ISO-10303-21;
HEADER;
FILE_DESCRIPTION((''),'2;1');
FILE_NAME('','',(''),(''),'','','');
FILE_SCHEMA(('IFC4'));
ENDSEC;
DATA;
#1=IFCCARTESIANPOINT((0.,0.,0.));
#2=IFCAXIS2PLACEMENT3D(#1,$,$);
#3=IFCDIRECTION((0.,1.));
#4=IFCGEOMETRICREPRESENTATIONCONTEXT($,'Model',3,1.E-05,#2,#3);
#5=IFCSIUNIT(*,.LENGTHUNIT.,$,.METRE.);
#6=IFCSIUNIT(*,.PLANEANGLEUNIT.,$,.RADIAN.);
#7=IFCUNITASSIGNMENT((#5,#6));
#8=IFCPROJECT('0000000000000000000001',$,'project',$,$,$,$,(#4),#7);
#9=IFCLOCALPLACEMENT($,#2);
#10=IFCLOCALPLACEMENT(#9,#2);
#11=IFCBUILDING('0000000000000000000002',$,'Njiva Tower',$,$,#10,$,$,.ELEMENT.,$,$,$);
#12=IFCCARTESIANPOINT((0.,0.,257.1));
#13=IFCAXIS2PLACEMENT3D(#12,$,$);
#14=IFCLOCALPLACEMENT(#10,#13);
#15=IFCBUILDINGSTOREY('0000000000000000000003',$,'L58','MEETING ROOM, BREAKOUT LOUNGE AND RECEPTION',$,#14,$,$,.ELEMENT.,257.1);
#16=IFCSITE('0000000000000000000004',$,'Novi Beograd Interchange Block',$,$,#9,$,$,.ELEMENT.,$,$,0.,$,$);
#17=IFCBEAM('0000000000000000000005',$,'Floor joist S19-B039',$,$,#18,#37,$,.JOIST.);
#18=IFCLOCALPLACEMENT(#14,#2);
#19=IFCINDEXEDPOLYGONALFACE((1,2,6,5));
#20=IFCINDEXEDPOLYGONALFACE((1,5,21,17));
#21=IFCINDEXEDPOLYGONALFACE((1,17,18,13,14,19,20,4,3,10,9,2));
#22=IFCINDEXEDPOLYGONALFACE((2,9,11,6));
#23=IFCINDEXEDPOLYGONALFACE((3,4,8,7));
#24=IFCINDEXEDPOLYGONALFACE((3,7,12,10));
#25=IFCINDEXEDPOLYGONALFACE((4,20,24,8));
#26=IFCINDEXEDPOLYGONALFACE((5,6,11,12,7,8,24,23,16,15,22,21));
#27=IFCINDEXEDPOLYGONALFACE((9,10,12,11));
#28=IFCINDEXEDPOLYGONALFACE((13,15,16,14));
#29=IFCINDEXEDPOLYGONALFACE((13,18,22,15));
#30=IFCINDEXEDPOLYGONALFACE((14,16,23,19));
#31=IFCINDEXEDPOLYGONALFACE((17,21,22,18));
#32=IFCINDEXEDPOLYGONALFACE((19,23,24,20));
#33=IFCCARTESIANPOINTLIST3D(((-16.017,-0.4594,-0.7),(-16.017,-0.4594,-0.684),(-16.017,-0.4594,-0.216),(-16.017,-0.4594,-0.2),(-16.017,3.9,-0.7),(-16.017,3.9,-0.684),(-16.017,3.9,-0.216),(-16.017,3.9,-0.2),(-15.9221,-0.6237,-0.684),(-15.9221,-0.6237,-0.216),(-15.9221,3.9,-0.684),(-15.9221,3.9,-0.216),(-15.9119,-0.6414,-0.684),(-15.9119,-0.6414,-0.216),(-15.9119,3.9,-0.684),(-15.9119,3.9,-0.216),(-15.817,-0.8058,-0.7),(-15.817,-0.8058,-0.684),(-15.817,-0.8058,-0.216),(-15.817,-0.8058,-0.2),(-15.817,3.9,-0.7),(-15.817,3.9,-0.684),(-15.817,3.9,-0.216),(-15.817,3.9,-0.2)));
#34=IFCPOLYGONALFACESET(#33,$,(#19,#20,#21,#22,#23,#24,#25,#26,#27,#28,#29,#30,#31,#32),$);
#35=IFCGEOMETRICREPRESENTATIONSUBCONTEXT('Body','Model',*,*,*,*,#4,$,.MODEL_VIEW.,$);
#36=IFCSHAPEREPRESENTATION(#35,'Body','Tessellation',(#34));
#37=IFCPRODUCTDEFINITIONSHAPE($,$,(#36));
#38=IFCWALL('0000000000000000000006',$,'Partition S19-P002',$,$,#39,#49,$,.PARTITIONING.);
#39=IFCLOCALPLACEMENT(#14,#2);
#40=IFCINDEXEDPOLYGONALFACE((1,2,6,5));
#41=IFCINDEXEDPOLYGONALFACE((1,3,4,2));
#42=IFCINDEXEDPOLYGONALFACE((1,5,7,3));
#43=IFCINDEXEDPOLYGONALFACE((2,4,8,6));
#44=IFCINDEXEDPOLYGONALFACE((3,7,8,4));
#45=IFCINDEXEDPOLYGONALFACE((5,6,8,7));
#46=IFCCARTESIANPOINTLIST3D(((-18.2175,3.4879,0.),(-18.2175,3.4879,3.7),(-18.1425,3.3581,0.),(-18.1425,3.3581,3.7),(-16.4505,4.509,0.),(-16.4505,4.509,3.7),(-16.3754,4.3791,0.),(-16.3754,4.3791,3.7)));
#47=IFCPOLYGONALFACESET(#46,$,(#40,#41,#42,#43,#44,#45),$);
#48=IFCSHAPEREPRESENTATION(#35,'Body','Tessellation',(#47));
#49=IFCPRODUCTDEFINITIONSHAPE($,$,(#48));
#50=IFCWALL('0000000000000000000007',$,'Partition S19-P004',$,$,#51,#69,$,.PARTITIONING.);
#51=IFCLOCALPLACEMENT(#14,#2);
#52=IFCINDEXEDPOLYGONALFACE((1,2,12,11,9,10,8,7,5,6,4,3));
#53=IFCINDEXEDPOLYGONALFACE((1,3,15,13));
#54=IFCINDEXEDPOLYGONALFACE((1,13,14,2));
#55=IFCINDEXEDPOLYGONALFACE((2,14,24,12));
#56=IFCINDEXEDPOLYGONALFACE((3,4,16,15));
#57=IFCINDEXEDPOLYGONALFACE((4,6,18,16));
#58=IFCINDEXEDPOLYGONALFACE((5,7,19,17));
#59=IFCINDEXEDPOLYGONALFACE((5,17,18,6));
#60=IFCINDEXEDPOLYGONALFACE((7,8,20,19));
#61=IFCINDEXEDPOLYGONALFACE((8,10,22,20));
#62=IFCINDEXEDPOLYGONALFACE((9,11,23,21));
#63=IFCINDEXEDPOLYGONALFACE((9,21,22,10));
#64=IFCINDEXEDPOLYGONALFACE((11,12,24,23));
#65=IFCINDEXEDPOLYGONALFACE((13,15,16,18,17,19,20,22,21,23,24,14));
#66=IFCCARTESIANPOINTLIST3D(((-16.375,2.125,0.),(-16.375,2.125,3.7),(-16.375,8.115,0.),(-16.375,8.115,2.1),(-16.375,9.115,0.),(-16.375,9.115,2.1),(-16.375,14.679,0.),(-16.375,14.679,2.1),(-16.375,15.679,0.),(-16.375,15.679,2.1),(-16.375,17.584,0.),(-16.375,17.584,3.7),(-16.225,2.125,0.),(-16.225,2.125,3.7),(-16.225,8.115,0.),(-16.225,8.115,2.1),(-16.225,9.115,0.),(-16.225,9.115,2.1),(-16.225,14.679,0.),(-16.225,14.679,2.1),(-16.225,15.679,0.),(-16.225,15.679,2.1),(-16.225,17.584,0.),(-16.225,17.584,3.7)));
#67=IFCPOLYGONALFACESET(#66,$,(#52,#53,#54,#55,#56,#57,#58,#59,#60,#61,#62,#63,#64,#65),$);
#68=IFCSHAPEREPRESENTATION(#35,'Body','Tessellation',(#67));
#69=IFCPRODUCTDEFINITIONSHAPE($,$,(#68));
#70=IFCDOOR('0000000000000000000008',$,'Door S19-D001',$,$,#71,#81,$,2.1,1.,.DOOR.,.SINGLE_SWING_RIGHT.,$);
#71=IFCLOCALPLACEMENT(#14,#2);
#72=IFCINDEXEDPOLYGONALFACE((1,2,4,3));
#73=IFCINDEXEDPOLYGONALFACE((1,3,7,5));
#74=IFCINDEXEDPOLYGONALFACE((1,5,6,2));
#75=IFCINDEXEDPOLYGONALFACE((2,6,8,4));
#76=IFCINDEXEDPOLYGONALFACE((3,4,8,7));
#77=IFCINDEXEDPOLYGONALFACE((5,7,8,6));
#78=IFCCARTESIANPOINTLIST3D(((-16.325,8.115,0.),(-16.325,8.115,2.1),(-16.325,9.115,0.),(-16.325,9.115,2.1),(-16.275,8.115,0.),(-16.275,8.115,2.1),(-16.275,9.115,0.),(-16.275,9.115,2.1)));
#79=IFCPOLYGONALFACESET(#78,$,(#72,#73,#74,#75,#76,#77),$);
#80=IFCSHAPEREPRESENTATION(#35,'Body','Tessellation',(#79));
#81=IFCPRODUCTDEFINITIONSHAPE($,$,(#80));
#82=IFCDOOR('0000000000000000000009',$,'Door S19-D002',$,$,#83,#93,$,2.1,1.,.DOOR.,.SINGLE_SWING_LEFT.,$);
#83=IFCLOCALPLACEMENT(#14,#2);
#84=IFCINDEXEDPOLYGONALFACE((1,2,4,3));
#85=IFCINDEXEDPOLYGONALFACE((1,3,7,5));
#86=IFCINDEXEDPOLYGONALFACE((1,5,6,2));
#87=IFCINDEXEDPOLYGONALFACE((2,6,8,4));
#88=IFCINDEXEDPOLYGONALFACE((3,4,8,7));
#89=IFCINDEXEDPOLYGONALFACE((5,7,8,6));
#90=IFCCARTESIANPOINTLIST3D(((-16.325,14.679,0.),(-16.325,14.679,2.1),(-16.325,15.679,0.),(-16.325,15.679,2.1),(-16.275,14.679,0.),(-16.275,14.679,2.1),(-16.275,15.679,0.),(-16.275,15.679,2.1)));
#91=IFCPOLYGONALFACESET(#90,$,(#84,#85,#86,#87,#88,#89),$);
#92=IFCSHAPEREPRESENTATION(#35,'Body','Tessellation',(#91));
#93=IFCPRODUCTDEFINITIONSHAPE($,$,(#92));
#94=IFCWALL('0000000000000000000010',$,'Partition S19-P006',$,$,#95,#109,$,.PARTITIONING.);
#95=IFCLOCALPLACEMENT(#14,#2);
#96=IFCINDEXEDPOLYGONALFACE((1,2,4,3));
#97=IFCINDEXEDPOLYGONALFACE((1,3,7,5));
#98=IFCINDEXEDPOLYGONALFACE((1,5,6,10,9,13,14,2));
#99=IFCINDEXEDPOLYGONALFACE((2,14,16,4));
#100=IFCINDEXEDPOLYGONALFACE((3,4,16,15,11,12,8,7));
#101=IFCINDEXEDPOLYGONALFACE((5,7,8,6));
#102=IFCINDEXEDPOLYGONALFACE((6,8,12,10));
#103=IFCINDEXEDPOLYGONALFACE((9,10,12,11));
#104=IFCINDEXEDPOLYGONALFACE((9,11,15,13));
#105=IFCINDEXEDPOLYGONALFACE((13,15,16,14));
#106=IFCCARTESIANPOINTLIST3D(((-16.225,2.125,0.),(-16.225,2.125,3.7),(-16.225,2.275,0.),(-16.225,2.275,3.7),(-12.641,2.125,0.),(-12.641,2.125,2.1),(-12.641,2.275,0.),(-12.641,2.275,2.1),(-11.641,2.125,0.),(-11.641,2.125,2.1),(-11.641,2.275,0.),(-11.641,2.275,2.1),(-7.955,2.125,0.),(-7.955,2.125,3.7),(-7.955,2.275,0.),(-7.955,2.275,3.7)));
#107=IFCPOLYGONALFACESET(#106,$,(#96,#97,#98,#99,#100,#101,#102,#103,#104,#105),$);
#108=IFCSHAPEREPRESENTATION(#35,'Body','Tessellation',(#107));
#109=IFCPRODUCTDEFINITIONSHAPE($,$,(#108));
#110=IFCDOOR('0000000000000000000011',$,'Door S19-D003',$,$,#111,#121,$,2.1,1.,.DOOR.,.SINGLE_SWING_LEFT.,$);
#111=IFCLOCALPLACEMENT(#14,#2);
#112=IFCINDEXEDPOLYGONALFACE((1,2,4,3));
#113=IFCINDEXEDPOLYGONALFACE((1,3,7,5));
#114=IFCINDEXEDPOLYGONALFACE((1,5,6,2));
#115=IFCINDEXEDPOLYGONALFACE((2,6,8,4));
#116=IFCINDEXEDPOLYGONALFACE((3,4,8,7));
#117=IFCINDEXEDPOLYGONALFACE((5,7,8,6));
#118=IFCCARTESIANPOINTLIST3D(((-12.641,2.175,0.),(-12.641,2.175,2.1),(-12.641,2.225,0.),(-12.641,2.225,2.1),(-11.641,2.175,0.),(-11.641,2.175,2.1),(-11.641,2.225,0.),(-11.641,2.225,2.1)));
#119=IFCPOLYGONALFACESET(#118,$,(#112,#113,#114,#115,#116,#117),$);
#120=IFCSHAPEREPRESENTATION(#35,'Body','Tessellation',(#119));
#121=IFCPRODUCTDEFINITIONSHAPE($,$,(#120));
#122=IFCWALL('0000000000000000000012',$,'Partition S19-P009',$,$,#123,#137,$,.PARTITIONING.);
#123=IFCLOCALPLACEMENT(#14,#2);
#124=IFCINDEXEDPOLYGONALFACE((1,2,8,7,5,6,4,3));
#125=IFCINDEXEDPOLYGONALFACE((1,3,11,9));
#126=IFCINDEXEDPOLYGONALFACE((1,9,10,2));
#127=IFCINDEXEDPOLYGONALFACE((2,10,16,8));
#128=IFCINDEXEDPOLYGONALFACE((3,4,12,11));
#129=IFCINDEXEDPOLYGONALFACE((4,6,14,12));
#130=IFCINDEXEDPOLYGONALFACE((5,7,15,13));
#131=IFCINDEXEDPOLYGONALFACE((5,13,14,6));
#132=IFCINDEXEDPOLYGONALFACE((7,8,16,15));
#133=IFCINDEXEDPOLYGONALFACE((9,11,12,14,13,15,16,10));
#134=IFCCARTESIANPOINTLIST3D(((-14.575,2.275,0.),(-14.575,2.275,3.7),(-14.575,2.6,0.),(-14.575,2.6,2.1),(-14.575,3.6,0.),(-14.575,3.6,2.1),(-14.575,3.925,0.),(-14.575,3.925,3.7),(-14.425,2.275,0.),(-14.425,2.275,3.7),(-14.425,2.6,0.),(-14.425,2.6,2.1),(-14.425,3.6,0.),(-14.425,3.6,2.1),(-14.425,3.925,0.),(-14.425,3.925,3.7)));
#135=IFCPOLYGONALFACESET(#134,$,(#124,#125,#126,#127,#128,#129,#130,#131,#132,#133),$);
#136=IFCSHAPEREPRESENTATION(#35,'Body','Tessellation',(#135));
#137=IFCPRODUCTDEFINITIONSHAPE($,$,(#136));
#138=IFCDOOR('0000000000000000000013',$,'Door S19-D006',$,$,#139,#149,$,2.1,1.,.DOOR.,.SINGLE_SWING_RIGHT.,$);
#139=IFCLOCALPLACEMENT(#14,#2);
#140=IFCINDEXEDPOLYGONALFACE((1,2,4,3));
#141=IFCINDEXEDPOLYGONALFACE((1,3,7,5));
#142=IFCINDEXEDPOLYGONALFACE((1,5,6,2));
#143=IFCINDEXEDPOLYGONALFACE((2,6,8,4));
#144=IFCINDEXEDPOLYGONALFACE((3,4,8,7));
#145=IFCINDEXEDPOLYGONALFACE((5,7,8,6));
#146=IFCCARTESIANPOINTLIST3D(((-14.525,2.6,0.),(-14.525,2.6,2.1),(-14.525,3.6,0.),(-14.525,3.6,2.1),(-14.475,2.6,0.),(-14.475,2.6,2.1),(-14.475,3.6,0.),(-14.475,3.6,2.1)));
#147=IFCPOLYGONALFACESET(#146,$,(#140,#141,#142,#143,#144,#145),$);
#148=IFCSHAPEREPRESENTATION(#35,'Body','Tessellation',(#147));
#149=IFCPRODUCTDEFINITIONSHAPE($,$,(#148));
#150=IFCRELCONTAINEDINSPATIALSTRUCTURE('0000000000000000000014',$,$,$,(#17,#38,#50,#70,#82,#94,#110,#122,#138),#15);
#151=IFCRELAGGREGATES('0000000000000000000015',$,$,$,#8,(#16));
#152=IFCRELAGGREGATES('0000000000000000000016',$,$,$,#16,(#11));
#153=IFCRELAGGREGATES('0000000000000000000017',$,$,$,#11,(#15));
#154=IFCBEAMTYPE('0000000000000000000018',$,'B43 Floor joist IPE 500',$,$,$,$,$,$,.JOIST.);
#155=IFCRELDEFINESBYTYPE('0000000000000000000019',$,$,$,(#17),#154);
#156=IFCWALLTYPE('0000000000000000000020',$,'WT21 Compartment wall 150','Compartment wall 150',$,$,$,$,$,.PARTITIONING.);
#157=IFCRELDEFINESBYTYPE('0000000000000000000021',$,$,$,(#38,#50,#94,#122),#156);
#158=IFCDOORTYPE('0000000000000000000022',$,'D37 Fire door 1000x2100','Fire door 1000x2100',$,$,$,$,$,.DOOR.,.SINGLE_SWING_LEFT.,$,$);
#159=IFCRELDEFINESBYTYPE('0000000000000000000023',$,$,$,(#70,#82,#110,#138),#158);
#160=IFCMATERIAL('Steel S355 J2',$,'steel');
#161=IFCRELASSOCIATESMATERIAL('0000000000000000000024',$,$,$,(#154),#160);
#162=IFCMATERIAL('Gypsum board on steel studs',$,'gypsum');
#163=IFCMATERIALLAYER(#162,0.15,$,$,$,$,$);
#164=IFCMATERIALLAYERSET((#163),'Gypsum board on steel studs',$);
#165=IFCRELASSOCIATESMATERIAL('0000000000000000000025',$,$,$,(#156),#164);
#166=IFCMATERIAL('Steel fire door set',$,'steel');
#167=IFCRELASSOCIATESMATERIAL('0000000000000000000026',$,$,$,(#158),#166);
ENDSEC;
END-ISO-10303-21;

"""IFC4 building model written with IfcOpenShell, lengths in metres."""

from ifc_helpers import new_model, si_unit, direction, frame, frame_2d, origin, origin_2d, place, context, subcontext, project, spatial, rectangle, i_section, extrude, clip, halfspace, material, layer, layer_set, material_profile, profile_set, type_object, element, fill, save


model = new_model("IFC4")

# Units and contexts
model_context = context("Model", 3, precision=1e-05, world=origin(), true_north=direction((0.0, 1.0)))
body_context = subcontext(model_context, "Body", "Model", "MODEL_VIEW")
ifc_project = project(units=[si_unit("LENGTHUNIT", "METRE"), si_unit("PLANEANGLEUNIT", "RADIAN")], contexts=[model_context])

# Site, building, storey
site_placement = place(None, origin())
site = spatial("IfcSite", under=ifc_project, at=site_placement, Name="Novi Beograd Interchange Block", CompositionType="ELEMENT", RefElevation=0.0)
building_placement = place(site_placement, origin())
building = spatial("IfcBuilding", under=site, at=building_placement, Name="Njiva Tower", CompositionType="ELEMENT")
storey_placement = place(building_placement, frame((0.0, 0.0, 257.1)))
storey = spatial("IfcBuildingStorey", under=building, at=storey_placement, Name="L58", Description="MEETING ROOM, BREAKOUT LOUNGE AND RECEPTION", CompositionType="ELEMENT", Elevation=257.1)

# Shared definitions
ifc_material_1 = material(Name="Steel S355 J2", Category="steel")

# Beam
ifc_material_profile_1 = material_profile(ifc_material_1, i_section(OverallWidth=0.2, OverallDepth=0.5, WebThickness=0.0102, FlangeThickness=0.016, at=origin_2d()), Name="IPE 500")
ifc_profile_set_1 = profile_set([ifc_material_profile_1], Name="Steel S355 J2")
beam_type_1 = type_object("IfcBeamType", Name="B43 Floor joist IPE 500", PredefinedType="JOIST", material=ifc_profile_set_1)
beam_1_placement = place(storey_placement, frame((-15.917, 3.9, -0.45), z_axis=(0.0, -1.0, 0.0), x_axis=(1.0, 0.0, 0.0)))
element("IfcBeam", 1, at=beam_1_placement, inside=storey, type_object=beam_type_1, Name="Floor joist S19-B039", PredefinedType="JOIST", context=body_context, shape_type="Clipping", body=[
    clip(extrude(i_section(OverallWidth=0.2, OverallDepth=0.5, WebThickness=0.0102, FlangeThickness=0.016, at=origin_2d()), origin(), (0.0, 0.0, 1.0), 4.726), halfspace(frame((-0.043, 0.0, 4.4581), z_axis=(-0.866027, 0.0, 0.499998), x_axis=(0.0, 1.0, 0.0)), False)),
])

# Wall
ifc_material_2 = material(Name="Gypsum board on steel studs", Category="gypsum")
ifc_layer = layer(ifc_material_2, 0.15)
ifc_layer_set = layer_set([ifc_layer], Name="Gypsum board on steel studs")
wall_type = type_object("IfcWallType", Name="WT21 Compartment wall 150", Description="Compartment wall 150", PredefinedType="PARTITIONING", material=ifc_layer_set)
wall_1_placement = place(storey_placement, frame((-18.18, 3.423, 0.0), z_axis=(0.0, 0.0, 1.0), x_axis=(0.865851, 0.500302, 0.0)))
element("IfcWall", 2, at=wall_1_placement, inside=storey, type_object=wall_type, Name="Partition S19-P002", PredefinedType="PARTITIONING", context=body_context, shape_type="SweptSolid", body=[
    extrude(rectangle(XDim=2.0408, YDim=0.15, at=frame_2d((1.0204, 0.0))), origin(), (0.0, 0.0, 1.0), 3.7),
])

# Wall, openings, doors
wall_2_placement = place(storey_placement, frame((-16.3, 2.125, 0.0), z_axis=(0.0, 0.0, 1.0), x_axis=(0.0, 1.0, 0.0)))
wall_2 = element("IfcWall", 3, at=wall_2_placement, inside=storey, type_object=wall_type, Name="Partition S19-P004", PredefinedType="PARTITIONING", context=body_context, shape_type="SweptSolid", body=[
    extrude(rectangle(XDim=15.459, YDim=0.15, at=frame_2d((7.7295, 0.0))), origin(), (0.0, 0.0, 1.0), 3.7),
])
opening_1_placement = place(wall_2_placement, frame((5.99, 0.0, 0.0)))
opening_1 = element("IfcOpeningElement", 4, at=opening_1_placement, cuts=wall_2, PredefinedType="OPENING", context=body_context, shape_type="SweptSolid", body=[
    extrude(rectangle(XDim=1.0, YDim=2.1, at=frame_2d((0.5, 1.05))), frame((0.0, 0.085, 0.0), z_axis=(0.0, -1.0, 0.0), x_axis=(1.0, 0.0, 0.0)), (0.0, 0.0, 1.0), 0.17),
])
opening_2_placement = place(wall_2_placement, frame((12.554, 0.0, 0.0)))
opening_2 = element("IfcOpeningElement", 5, at=opening_2_placement, cuts=wall_2, PredefinedType="OPENING", context=body_context, shape_type="SweptSolid", body=[
    extrude(rectangle(XDim=1.0, YDim=2.1, at=frame_2d((0.5, 1.05))), frame((0.0, 0.085, 0.0), z_axis=(0.0, -1.0, 0.0), x_axis=(1.0, 0.0, 0.0)), (0.0, 0.0, 1.0), 0.17),
])
ifc_material_3 = material(Name="Steel fire door set", Category="steel")
door_type = type_object("IfcDoorType", Name="D37 Fire door 1000x2100", Description="Fire door 1000x2100", OperationType="SINGLE_SWING_LEFT", PredefinedType="DOOR", material=ifc_material_3)
door_1_placement = place(opening_1_placement, origin())
door_1 = element("IfcDoor", 6, at=door_1_placement, inside=storey, type_object=door_type, Name="Door S19-D001", OperationType="SINGLE_SWING_RIGHT", OverallHeight=2.1, OverallWidth=1.0, PredefinedType="DOOR", context=body_context, shape_type="SweptSolid", body=[
    extrude(rectangle(XDim=1.0, YDim=2.1, at=frame_2d((0.5, 1.05))), frame((0.0, 0.025, 0.0), z_axis=(0.0, -1.0, 0.0), x_axis=(1.0, 0.0, 0.0)), (0.0, 0.0, 1.0), 0.05),
])
fill(opening_1, door_1)
door_2_placement = place(opening_2_placement, origin())
door_2 = element("IfcDoor", 7, at=door_2_placement, inside=storey, type_object=door_type, Name="Door S19-D002", OperationType="SINGLE_SWING_LEFT", OverallHeight=2.1, OverallWidth=1.0, PredefinedType="DOOR", context=body_context, shape_type="SweptSolid", body=[
    extrude(rectangle(XDim=1.0, YDim=2.1, at=frame_2d((0.5, 1.05))), frame((0.0, 0.025, 0.0), z_axis=(0.0, -1.0, 0.0), x_axis=(1.0, 0.0, 0.0)), (0.0, 0.0, 1.0), 0.05),
])
fill(opening_2, door_2)

# Walls, openings, doors
wall_3_placement = place(storey_placement, frame((-16.225, 2.2, 0.0), z_axis=(0.0, 0.0, 1.0), x_axis=(1.0, 0.0, 0.0)))
wall_3 = element("IfcWall", 8, at=wall_3_placement, inside=storey, type_object=wall_type, Name="Partition S19-P006", PredefinedType="PARTITIONING", context=body_context, shape_type="SweptSolid", body=[
    extrude(rectangle(XDim=8.27, YDim=0.15, at=frame_2d((4.135, 0.0))), origin(), (0.0, 0.0, 1.0), 3.7),
])
opening_3_placement = place(wall_3_placement, frame((3.584, 0.0, 0.0)))
opening_3 = element("IfcOpeningElement", 9, at=opening_3_placement, cuts=wall_3, PredefinedType="OPENING", context=body_context, shape_type="SweptSolid", body=[
    extrude(rectangle(XDim=1.0, YDim=2.1, at=frame_2d((0.5, 1.05))), frame((0.0, 0.085, 0.0), z_axis=(0.0, -1.0, 0.0), x_axis=(1.0, 0.0, 0.0)), (0.0, 0.0, 1.0), 0.17),
])
door_3_placement = place(opening_3_placement, origin())
door_3 = element("IfcDoor", 10, at=door_3_placement, inside=storey, type_object=door_type, Name="Door S19-D003", OperationType="SINGLE_SWING_LEFT", OverallHeight=2.1, OverallWidth=1.0, PredefinedType="DOOR", context=body_context, shape_type="SweptSolid", body=[
    extrude(rectangle(XDim=1.0, YDim=2.1, at=frame_2d((0.5, 1.05))), frame((0.0, 0.025, 0.0), z_axis=(0.0, -1.0, 0.0), x_axis=(1.0, 0.0, 0.0)), (0.0, 0.0, 1.0), 0.05),
])
fill(opening_3, door_3)
wall_4_placement = place(storey_placement, frame((-14.5, 2.275, 0.0), z_axis=(0.0, 0.0, 1.0), x_axis=(0.0, 1.0, 0.0)))
wall_4 = element("IfcWall", 11, at=wall_4_placement, inside=storey, type_object=wall_type, Name="Partition S19-P009", PredefinedType="PARTITIONING", context=body_context, shape_type="SweptSolid", body=[
    extrude(rectangle(XDim=1.65, YDim=0.15, at=frame_2d((0.825, 0.0))), origin(), (0.0, 0.0, 1.0), 3.7),
])
opening_4_placement = place(wall_4_placement, frame((0.325, 0.0, 0.0)))
opening_4 = element("IfcOpeningElement", 12, at=opening_4_placement, cuts=wall_4, PredefinedType="OPENING", context=body_context, shape_type="SweptSolid", body=[
    extrude(rectangle(XDim=1.0, YDim=2.1, at=frame_2d((0.5, 1.05))), frame((0.0, 0.085, 0.0), z_axis=(0.0, -1.0, 0.0), x_axis=(1.0, 0.0, 0.0)), (0.0, 0.0, 1.0), 0.17),
])
door_4_placement = place(opening_4_placement, origin())
door_4 = element("IfcDoor", 13, at=door_4_placement, inside=storey, type_object=door_type, Name="Door S19-D006", OperationType="SINGLE_SWING_RIGHT", OverallHeight=2.1, OverallWidth=1.0, PredefinedType="DOOR", context=body_context, shape_type="SweptSolid", body=[
    extrude(rectangle(XDim=1.0, YDim=2.1, at=frame_2d((0.5, 1.05))), frame((0.0, 0.025, 0.0), z_axis=(0.0, -1.0, 0.0), x_axis=(1.0, 0.0, 0.0)), (0.0, 0.0, 1.0), 0.05),
])
fill(opening_4, door_4)

save(model, "model.ifc")
